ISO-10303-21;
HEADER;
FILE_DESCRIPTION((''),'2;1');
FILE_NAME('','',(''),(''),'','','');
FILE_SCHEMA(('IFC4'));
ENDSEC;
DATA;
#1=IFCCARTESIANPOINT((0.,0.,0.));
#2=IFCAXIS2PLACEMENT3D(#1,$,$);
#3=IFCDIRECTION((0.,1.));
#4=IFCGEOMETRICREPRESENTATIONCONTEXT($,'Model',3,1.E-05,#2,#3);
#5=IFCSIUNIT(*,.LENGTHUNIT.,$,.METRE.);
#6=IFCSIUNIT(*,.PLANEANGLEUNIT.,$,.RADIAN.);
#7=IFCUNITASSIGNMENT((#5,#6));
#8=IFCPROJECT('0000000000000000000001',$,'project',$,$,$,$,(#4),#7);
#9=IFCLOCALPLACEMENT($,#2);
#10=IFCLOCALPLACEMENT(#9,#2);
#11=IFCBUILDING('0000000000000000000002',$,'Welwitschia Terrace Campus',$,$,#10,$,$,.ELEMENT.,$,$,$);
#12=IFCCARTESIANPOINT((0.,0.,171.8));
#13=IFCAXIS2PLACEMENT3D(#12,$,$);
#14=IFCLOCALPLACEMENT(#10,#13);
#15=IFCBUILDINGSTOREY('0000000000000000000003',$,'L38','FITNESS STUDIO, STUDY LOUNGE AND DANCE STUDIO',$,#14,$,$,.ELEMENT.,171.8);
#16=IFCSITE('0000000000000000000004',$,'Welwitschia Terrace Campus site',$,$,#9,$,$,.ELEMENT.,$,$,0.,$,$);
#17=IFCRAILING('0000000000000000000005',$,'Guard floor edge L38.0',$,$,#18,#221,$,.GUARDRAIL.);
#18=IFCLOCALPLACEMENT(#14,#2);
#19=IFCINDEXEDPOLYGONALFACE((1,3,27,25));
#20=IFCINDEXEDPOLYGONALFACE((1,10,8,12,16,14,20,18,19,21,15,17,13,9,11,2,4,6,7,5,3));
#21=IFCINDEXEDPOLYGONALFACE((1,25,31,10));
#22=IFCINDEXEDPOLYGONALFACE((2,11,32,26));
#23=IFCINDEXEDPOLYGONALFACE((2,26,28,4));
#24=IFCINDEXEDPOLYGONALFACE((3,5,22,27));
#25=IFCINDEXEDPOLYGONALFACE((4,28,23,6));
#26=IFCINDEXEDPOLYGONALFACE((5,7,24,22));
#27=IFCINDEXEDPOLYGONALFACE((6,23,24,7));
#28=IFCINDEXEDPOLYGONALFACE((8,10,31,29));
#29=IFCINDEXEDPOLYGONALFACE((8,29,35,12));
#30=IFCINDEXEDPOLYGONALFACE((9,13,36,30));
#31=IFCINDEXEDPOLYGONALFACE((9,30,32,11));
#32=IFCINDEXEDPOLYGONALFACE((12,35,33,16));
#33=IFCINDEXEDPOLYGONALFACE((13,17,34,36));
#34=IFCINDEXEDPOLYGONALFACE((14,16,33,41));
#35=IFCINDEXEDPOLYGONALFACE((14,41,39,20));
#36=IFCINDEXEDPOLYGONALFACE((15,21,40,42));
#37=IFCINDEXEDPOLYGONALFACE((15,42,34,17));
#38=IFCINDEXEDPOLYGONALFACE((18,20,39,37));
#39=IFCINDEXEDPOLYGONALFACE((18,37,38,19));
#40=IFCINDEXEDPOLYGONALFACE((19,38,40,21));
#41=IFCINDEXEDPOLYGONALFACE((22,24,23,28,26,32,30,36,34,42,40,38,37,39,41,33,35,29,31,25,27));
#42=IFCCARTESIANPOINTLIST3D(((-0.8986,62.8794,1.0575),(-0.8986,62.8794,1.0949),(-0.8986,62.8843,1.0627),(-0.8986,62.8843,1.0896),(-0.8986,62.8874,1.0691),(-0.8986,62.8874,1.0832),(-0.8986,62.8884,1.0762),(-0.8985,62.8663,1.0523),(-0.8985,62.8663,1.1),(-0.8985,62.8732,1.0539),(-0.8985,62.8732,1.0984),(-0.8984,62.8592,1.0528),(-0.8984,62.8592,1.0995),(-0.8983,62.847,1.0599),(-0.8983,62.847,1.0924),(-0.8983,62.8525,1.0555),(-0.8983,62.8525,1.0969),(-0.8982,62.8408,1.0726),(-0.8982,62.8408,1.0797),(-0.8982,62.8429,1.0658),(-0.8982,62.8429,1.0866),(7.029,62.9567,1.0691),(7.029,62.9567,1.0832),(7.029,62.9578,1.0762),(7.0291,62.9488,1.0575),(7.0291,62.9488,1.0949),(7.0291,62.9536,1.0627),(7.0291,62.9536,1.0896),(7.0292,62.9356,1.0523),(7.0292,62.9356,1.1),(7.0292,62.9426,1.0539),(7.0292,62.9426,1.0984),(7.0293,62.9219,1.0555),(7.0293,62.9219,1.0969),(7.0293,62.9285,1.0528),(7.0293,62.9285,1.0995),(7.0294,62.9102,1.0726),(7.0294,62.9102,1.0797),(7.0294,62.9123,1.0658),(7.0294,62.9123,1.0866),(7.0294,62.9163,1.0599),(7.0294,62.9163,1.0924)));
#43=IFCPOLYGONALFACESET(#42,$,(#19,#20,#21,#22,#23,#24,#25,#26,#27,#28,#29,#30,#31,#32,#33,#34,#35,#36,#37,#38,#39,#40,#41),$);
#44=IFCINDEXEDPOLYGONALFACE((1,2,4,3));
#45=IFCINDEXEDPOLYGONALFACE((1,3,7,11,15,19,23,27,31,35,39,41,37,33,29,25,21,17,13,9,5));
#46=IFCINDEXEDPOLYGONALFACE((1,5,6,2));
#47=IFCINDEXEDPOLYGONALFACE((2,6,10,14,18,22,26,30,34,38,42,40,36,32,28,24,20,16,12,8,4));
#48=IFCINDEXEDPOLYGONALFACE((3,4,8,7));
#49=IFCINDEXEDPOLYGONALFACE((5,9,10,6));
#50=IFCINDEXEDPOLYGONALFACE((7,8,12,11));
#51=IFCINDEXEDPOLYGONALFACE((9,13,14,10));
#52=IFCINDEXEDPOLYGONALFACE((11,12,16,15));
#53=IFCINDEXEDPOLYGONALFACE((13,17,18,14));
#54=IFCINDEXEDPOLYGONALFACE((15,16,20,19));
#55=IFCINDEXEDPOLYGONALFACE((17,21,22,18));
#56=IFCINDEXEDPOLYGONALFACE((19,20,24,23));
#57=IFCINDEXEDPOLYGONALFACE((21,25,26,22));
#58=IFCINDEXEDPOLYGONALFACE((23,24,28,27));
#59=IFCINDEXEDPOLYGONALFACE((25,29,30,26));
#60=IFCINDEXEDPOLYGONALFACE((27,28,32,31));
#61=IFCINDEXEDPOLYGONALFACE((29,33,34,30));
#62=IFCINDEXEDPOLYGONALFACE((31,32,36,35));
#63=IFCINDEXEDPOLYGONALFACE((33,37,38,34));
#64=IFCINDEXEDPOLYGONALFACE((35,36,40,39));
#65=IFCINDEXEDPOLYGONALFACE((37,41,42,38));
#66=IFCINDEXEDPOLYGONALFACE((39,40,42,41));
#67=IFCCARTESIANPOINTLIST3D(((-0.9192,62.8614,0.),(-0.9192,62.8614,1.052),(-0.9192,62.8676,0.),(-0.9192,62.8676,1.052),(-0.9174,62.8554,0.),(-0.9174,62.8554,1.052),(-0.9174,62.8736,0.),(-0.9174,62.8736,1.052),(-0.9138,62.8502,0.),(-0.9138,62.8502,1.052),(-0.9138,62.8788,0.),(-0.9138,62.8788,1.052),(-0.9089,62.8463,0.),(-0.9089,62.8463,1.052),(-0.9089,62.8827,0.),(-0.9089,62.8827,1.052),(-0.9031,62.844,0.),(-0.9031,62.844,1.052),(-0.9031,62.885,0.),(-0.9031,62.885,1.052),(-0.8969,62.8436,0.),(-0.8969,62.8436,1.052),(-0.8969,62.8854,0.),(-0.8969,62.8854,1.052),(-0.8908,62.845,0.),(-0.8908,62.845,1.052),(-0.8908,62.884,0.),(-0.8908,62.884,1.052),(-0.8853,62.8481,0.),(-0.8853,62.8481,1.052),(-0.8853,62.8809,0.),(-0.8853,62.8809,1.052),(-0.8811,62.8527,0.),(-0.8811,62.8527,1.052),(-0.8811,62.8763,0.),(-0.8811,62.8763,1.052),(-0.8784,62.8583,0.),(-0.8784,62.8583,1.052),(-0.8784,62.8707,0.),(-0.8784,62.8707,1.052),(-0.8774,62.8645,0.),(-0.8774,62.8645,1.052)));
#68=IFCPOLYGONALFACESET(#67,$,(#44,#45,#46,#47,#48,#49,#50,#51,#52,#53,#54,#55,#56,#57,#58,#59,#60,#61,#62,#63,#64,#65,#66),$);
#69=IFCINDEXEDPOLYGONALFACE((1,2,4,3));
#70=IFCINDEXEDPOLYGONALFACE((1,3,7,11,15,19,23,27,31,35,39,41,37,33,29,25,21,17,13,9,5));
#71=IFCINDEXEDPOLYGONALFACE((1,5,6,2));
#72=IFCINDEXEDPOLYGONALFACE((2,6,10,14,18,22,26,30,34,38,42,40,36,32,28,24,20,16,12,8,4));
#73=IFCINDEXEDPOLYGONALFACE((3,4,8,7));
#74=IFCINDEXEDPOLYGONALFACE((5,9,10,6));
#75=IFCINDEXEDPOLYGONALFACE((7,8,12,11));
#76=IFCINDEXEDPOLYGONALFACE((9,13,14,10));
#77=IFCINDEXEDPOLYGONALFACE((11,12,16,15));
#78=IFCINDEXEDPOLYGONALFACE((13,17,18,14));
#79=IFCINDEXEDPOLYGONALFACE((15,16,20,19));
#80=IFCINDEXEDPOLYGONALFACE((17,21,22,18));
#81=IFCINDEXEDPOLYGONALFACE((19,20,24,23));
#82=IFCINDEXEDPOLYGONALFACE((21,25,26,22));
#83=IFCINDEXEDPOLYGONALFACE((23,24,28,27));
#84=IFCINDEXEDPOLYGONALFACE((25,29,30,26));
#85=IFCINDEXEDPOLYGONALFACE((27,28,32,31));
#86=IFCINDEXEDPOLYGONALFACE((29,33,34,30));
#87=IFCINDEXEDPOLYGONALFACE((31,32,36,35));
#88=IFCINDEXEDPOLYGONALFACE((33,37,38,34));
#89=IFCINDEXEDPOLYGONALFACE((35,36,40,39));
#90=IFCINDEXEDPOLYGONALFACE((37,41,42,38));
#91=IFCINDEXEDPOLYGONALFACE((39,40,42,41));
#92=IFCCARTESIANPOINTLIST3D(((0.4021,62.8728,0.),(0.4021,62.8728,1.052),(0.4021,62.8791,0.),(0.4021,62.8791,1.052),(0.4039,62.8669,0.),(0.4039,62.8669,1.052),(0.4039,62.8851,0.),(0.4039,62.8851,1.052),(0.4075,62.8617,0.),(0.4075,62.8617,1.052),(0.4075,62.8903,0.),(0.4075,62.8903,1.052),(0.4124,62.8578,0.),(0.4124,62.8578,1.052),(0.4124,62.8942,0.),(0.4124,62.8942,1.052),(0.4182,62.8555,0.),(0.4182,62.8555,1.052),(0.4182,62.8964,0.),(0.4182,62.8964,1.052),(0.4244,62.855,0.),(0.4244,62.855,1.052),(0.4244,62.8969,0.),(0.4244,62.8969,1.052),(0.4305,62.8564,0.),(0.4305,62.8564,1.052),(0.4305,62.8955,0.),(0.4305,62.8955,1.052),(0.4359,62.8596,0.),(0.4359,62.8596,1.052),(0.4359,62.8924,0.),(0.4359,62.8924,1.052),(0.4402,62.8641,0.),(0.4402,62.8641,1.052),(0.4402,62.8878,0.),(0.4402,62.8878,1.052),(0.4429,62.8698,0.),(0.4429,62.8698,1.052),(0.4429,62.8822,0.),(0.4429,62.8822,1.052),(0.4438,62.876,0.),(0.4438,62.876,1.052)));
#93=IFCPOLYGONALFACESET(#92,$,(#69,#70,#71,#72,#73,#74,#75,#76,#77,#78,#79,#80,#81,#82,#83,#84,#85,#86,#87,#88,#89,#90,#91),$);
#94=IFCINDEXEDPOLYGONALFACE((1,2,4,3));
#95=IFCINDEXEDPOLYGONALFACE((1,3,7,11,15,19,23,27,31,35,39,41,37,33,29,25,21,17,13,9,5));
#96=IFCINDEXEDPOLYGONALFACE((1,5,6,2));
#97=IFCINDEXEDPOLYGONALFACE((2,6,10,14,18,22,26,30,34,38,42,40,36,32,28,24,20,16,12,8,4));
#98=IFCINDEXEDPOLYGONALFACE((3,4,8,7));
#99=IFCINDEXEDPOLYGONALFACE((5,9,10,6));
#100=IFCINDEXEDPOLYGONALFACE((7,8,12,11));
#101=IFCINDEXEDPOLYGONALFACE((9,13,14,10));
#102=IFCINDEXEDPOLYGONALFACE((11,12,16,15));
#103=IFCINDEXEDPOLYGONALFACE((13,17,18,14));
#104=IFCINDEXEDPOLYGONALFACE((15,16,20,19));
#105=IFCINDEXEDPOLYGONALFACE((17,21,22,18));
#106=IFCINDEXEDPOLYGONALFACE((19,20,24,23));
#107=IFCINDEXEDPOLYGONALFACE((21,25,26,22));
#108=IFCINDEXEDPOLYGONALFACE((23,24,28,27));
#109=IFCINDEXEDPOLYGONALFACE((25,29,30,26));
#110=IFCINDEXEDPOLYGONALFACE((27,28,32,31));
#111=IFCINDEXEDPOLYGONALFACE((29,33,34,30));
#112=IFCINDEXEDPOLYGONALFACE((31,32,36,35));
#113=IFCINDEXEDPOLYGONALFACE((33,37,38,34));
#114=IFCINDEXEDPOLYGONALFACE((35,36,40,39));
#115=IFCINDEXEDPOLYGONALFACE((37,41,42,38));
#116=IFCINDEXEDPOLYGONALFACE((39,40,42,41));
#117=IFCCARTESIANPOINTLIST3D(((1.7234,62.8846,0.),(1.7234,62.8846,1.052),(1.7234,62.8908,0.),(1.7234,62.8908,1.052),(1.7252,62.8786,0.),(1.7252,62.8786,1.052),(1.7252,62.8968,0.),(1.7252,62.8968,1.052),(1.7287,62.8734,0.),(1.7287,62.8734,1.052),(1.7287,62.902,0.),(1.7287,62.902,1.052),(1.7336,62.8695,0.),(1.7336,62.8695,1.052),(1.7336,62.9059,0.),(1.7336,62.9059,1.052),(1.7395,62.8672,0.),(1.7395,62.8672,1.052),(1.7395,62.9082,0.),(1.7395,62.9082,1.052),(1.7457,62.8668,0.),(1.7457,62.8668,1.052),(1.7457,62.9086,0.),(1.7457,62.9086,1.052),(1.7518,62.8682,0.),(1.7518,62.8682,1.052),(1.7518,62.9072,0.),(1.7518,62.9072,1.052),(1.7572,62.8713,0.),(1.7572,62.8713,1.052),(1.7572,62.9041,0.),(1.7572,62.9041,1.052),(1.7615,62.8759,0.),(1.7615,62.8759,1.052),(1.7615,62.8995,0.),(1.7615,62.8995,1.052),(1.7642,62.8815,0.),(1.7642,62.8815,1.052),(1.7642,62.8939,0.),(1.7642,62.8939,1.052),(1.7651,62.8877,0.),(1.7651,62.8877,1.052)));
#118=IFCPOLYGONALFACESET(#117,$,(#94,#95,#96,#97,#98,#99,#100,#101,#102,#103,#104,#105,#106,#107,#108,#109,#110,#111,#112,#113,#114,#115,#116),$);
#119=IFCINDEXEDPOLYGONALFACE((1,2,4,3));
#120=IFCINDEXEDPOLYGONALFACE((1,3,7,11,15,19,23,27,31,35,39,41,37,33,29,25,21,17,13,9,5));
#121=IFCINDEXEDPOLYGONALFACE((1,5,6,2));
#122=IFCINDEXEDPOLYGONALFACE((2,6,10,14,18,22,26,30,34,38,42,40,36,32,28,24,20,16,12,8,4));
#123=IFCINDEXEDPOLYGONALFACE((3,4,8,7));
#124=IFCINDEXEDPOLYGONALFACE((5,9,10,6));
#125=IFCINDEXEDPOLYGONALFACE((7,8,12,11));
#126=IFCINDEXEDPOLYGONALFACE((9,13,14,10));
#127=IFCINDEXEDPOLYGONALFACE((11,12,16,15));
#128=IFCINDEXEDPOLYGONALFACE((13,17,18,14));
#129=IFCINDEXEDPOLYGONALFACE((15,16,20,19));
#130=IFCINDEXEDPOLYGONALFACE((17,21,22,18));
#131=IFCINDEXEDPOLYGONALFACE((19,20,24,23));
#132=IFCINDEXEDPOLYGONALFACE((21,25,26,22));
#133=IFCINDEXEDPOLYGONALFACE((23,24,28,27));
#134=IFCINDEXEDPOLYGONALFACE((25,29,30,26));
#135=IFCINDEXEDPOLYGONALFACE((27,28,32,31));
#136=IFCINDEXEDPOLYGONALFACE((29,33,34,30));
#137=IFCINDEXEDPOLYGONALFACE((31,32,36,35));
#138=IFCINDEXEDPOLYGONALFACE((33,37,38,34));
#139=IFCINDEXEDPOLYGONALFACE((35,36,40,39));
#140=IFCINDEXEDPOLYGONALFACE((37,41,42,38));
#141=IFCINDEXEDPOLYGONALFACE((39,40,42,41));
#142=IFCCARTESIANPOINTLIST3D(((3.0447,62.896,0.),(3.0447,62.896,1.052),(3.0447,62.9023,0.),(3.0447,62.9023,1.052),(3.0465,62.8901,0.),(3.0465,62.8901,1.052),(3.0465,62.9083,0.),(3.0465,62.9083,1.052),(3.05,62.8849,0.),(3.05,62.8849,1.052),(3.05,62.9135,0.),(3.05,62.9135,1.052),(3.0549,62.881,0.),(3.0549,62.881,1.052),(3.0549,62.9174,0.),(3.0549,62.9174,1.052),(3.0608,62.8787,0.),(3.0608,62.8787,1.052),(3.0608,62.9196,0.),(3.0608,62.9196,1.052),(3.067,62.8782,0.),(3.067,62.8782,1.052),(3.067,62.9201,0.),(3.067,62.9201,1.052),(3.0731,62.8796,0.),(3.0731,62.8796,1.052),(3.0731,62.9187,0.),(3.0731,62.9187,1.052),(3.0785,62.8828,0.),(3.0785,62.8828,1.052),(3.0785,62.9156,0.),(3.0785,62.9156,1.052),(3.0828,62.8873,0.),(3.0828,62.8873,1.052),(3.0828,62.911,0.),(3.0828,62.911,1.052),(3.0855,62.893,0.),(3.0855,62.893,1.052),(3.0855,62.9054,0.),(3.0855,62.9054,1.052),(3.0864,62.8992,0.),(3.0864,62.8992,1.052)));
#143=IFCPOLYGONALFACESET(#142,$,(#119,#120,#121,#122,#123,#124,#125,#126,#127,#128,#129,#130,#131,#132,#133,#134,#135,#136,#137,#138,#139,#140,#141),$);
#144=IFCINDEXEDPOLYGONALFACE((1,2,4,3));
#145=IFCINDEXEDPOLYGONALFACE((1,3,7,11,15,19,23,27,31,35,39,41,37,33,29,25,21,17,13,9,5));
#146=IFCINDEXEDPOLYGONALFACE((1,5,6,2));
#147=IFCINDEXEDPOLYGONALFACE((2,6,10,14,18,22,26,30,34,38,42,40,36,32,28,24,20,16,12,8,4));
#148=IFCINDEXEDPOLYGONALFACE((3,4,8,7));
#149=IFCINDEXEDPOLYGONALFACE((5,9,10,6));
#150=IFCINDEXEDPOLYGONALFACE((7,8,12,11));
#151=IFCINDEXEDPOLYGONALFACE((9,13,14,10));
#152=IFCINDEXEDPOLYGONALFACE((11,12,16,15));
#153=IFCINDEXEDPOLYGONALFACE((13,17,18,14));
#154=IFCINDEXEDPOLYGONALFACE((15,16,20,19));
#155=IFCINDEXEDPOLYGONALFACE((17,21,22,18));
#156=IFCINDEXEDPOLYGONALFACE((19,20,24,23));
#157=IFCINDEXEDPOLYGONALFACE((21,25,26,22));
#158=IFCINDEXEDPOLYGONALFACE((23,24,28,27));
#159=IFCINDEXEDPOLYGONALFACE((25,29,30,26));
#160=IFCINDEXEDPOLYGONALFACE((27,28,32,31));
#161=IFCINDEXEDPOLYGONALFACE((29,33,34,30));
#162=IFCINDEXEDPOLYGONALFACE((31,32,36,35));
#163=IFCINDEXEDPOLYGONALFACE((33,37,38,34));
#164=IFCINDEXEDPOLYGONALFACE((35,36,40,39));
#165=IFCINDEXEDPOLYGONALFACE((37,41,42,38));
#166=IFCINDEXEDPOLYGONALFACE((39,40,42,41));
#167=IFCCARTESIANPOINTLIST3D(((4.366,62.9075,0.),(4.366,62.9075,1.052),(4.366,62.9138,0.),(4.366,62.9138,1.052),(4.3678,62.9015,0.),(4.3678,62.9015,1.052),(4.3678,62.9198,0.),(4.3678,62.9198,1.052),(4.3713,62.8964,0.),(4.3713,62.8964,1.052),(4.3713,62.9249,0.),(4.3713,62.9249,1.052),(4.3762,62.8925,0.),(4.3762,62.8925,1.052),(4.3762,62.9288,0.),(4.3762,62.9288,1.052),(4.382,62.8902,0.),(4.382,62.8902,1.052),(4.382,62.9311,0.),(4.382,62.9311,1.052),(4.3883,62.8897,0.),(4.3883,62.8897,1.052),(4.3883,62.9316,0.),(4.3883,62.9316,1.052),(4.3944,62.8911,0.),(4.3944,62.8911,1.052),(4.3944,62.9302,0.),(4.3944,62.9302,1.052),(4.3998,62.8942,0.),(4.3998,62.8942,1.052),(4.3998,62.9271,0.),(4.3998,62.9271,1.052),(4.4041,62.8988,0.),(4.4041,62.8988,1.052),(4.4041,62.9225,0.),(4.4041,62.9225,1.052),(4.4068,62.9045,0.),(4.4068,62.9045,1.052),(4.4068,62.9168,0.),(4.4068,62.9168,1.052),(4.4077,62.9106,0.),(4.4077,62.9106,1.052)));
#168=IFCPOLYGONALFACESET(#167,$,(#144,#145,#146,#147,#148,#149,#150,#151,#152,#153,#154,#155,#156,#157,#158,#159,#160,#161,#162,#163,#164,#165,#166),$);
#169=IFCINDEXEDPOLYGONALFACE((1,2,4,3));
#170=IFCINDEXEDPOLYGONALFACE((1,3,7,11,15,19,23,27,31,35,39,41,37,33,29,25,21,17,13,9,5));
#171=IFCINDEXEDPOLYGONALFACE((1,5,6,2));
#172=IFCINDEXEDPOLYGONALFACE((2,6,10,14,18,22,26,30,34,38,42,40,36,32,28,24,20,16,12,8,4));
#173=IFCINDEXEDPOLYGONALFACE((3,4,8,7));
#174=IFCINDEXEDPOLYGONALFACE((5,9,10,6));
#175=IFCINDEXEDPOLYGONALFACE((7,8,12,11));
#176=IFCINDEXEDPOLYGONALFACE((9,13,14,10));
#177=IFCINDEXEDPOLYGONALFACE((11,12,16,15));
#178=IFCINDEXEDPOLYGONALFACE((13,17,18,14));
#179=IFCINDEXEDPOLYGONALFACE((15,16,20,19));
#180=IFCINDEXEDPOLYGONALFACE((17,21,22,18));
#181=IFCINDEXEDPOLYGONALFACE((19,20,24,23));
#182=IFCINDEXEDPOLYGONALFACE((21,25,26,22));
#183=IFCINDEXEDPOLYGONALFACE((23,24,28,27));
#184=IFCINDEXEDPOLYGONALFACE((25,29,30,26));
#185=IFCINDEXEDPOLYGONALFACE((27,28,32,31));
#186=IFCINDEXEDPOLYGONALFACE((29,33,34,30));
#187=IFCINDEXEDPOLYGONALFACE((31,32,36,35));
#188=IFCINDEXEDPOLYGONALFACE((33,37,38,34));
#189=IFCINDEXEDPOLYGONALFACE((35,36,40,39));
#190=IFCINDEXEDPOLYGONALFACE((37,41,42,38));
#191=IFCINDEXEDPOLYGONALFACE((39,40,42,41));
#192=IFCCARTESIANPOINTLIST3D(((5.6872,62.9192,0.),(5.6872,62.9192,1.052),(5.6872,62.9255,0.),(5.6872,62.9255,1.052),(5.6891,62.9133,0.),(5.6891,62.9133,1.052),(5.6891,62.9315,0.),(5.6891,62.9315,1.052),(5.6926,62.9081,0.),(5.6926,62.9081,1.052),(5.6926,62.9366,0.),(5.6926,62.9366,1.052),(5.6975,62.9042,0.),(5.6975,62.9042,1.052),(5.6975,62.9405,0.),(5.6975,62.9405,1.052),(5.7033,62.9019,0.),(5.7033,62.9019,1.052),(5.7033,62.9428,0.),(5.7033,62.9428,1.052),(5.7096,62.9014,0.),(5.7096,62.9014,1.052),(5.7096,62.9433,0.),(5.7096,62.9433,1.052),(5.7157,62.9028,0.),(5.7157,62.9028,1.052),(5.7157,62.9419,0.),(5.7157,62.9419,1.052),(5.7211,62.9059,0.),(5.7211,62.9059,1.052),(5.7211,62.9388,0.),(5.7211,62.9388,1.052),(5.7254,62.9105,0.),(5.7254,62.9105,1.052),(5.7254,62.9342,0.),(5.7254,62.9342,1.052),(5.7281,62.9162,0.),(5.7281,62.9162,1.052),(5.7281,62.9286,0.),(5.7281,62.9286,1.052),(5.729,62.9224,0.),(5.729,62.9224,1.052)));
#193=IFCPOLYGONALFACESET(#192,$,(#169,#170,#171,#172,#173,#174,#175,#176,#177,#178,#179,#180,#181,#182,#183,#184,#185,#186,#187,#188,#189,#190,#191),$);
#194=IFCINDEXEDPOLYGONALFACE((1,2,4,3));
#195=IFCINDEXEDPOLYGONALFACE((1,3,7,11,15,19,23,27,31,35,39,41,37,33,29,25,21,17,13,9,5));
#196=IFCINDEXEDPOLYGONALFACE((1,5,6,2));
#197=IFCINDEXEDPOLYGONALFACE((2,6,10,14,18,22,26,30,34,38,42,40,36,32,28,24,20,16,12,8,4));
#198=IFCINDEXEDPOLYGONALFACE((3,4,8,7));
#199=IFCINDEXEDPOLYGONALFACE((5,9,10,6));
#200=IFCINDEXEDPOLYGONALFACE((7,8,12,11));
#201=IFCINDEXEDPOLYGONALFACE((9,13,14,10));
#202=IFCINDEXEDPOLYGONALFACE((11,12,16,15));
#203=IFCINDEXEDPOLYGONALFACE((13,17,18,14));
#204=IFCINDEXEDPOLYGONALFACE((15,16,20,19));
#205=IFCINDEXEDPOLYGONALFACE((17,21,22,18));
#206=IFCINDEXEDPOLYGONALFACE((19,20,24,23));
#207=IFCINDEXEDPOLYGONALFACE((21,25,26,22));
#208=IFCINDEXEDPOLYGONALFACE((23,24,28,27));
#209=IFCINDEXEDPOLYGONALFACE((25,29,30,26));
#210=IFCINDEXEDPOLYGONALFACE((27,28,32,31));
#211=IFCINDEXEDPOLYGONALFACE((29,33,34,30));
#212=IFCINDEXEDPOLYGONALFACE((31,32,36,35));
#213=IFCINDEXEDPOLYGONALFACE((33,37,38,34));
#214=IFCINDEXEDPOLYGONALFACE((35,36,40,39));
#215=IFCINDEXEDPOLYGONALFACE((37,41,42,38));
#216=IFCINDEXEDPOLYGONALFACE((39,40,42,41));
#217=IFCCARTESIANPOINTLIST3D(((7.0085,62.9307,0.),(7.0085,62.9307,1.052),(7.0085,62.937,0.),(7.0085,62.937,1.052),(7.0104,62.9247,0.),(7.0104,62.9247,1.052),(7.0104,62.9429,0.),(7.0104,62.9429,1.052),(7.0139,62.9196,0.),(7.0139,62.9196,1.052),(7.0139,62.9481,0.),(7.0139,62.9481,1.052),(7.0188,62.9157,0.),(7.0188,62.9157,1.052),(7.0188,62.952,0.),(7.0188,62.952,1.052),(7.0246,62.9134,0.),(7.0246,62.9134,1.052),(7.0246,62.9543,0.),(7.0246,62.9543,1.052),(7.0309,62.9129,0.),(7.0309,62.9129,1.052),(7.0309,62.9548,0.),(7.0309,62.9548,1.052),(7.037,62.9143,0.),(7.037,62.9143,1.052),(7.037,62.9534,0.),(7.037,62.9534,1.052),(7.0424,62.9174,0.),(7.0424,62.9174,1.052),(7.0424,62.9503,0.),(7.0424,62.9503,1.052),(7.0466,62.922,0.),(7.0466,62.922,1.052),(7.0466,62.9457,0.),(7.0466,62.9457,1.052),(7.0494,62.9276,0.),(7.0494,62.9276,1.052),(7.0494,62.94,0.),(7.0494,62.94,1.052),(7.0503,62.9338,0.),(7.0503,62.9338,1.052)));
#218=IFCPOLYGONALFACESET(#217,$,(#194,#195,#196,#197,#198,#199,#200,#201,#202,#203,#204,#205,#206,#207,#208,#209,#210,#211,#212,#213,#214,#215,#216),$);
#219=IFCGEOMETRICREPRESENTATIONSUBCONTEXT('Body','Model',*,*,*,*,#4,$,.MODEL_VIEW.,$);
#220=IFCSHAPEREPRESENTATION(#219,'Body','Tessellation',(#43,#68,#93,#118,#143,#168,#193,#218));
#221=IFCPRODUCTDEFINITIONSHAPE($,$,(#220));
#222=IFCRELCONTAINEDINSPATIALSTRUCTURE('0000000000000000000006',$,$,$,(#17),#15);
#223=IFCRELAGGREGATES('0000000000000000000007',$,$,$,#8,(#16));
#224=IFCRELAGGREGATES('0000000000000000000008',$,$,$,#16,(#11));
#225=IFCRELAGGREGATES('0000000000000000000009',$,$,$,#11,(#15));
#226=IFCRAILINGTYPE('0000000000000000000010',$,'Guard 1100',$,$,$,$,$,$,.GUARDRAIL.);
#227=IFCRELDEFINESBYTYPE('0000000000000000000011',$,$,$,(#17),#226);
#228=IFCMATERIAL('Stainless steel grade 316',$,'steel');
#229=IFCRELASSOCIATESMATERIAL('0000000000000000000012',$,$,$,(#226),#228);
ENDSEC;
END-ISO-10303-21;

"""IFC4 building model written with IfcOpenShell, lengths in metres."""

from ifc_helpers import new_model, si_unit, direction, frame, origin, origin_2d, place, context, subcontext, project, spatial, circle, extrude, material, type_object, element, save


model = new_model("IFC4")

# Units and contexts
model_context = context("Model", 3, precision=1e-05, world=origin(), true_north=direction((0.0, 1.0)))
body_context = subcontext(model_context, "Body", "Model", "MODEL_VIEW")
ifc_project = project(units=[si_unit("LENGTHUNIT", "METRE"), si_unit("PLANEANGLEUNIT", "RADIAN")], contexts=[model_context])

# Site, building, storey
site_placement = place(None, origin())
site = spatial("IfcSite", under=ifc_project, at=site_placement, Name="Welwitschia Terrace Campus site", CompositionType="ELEMENT", RefElevation=0.0)
building_placement = place(site_placement, origin())
building = spatial("IfcBuilding", under=site, at=building_placement, Name="Welwitschia Terrace Campus", CompositionType="ELEMENT")
storey_placement = place(building_placement, frame((0.0, 0.0, 171.8)))
storey = spatial("IfcBuildingStorey", under=building, at=storey_placement, Name="L38", Description="FITNESS STUDIO, STUDY LOUNGE AND DANCE STUDIO", CompositionType="ELEMENT", Elevation=171.8)

# Railing
ifc_material_1 = material(Name="Stainless steel grade 316", Category="steel")
railing_type = type_object("IfcRailingType", Name="Guard 1100", PredefinedType="GUARDRAIL", material=ifc_material_1)
railing_1_placement = place(storey_placement, frame((-0.8984, 62.8645, 0.0)))
element("IfcRailing", 1, at=railing_1_placement, inside=storey, type_object=railing_type, Name="Guard floor edge L38.0", PredefinedType="GUARDRAIL", context=body_context, shape_type="SweptSolid", body=[
    extrude(circle(Radius=0.0239, at=origin_2d()), frame((0.0, 0.0, 1.0762), z_axis=(0.999962, 0.008746, 0.0), x_axis=(-0.008746, 0.999962, 0.0)), (0.0, 0.0, 1.0), 7.928),
    extrude(circle(Radius=0.021, at=origin_2d()), origin(), (0.0, 0.0, 1.0), 1.052),
    extrude(circle(Radius=0.021, at=origin_2d()), frame((1.3213, 0.0115, 0.0)), (0.0, 0.0, 1.0), 1.052),
    extrude(circle(Radius=0.021, at=origin_2d()), frame((2.6426, 0.0232, 0.0)), (0.0, 0.0, 1.0), 1.052),
    extrude(circle(Radius=0.021, at=origin_2d()), frame((3.9639, 0.0347, 0.0)), (0.0, 0.0, 1.0), 1.052),
    extrude(circle(Radius=0.021, at=origin_2d()), frame((5.2852, 0.0461, 0.0)), (0.0, 0.0, 1.0), 1.052),
    extrude(circle(Radius=0.021, at=origin_2d()), frame((6.6064, 0.0579, 0.0)), (0.0, 0.0, 1.0), 1.052),
    extrude(circle(Radius=0.021, at=origin_2d()), frame((7.9277, 0.0693, 0.0)), (0.0, 0.0, 1.0), 1.052),
])

save(model, "model.ifc")
